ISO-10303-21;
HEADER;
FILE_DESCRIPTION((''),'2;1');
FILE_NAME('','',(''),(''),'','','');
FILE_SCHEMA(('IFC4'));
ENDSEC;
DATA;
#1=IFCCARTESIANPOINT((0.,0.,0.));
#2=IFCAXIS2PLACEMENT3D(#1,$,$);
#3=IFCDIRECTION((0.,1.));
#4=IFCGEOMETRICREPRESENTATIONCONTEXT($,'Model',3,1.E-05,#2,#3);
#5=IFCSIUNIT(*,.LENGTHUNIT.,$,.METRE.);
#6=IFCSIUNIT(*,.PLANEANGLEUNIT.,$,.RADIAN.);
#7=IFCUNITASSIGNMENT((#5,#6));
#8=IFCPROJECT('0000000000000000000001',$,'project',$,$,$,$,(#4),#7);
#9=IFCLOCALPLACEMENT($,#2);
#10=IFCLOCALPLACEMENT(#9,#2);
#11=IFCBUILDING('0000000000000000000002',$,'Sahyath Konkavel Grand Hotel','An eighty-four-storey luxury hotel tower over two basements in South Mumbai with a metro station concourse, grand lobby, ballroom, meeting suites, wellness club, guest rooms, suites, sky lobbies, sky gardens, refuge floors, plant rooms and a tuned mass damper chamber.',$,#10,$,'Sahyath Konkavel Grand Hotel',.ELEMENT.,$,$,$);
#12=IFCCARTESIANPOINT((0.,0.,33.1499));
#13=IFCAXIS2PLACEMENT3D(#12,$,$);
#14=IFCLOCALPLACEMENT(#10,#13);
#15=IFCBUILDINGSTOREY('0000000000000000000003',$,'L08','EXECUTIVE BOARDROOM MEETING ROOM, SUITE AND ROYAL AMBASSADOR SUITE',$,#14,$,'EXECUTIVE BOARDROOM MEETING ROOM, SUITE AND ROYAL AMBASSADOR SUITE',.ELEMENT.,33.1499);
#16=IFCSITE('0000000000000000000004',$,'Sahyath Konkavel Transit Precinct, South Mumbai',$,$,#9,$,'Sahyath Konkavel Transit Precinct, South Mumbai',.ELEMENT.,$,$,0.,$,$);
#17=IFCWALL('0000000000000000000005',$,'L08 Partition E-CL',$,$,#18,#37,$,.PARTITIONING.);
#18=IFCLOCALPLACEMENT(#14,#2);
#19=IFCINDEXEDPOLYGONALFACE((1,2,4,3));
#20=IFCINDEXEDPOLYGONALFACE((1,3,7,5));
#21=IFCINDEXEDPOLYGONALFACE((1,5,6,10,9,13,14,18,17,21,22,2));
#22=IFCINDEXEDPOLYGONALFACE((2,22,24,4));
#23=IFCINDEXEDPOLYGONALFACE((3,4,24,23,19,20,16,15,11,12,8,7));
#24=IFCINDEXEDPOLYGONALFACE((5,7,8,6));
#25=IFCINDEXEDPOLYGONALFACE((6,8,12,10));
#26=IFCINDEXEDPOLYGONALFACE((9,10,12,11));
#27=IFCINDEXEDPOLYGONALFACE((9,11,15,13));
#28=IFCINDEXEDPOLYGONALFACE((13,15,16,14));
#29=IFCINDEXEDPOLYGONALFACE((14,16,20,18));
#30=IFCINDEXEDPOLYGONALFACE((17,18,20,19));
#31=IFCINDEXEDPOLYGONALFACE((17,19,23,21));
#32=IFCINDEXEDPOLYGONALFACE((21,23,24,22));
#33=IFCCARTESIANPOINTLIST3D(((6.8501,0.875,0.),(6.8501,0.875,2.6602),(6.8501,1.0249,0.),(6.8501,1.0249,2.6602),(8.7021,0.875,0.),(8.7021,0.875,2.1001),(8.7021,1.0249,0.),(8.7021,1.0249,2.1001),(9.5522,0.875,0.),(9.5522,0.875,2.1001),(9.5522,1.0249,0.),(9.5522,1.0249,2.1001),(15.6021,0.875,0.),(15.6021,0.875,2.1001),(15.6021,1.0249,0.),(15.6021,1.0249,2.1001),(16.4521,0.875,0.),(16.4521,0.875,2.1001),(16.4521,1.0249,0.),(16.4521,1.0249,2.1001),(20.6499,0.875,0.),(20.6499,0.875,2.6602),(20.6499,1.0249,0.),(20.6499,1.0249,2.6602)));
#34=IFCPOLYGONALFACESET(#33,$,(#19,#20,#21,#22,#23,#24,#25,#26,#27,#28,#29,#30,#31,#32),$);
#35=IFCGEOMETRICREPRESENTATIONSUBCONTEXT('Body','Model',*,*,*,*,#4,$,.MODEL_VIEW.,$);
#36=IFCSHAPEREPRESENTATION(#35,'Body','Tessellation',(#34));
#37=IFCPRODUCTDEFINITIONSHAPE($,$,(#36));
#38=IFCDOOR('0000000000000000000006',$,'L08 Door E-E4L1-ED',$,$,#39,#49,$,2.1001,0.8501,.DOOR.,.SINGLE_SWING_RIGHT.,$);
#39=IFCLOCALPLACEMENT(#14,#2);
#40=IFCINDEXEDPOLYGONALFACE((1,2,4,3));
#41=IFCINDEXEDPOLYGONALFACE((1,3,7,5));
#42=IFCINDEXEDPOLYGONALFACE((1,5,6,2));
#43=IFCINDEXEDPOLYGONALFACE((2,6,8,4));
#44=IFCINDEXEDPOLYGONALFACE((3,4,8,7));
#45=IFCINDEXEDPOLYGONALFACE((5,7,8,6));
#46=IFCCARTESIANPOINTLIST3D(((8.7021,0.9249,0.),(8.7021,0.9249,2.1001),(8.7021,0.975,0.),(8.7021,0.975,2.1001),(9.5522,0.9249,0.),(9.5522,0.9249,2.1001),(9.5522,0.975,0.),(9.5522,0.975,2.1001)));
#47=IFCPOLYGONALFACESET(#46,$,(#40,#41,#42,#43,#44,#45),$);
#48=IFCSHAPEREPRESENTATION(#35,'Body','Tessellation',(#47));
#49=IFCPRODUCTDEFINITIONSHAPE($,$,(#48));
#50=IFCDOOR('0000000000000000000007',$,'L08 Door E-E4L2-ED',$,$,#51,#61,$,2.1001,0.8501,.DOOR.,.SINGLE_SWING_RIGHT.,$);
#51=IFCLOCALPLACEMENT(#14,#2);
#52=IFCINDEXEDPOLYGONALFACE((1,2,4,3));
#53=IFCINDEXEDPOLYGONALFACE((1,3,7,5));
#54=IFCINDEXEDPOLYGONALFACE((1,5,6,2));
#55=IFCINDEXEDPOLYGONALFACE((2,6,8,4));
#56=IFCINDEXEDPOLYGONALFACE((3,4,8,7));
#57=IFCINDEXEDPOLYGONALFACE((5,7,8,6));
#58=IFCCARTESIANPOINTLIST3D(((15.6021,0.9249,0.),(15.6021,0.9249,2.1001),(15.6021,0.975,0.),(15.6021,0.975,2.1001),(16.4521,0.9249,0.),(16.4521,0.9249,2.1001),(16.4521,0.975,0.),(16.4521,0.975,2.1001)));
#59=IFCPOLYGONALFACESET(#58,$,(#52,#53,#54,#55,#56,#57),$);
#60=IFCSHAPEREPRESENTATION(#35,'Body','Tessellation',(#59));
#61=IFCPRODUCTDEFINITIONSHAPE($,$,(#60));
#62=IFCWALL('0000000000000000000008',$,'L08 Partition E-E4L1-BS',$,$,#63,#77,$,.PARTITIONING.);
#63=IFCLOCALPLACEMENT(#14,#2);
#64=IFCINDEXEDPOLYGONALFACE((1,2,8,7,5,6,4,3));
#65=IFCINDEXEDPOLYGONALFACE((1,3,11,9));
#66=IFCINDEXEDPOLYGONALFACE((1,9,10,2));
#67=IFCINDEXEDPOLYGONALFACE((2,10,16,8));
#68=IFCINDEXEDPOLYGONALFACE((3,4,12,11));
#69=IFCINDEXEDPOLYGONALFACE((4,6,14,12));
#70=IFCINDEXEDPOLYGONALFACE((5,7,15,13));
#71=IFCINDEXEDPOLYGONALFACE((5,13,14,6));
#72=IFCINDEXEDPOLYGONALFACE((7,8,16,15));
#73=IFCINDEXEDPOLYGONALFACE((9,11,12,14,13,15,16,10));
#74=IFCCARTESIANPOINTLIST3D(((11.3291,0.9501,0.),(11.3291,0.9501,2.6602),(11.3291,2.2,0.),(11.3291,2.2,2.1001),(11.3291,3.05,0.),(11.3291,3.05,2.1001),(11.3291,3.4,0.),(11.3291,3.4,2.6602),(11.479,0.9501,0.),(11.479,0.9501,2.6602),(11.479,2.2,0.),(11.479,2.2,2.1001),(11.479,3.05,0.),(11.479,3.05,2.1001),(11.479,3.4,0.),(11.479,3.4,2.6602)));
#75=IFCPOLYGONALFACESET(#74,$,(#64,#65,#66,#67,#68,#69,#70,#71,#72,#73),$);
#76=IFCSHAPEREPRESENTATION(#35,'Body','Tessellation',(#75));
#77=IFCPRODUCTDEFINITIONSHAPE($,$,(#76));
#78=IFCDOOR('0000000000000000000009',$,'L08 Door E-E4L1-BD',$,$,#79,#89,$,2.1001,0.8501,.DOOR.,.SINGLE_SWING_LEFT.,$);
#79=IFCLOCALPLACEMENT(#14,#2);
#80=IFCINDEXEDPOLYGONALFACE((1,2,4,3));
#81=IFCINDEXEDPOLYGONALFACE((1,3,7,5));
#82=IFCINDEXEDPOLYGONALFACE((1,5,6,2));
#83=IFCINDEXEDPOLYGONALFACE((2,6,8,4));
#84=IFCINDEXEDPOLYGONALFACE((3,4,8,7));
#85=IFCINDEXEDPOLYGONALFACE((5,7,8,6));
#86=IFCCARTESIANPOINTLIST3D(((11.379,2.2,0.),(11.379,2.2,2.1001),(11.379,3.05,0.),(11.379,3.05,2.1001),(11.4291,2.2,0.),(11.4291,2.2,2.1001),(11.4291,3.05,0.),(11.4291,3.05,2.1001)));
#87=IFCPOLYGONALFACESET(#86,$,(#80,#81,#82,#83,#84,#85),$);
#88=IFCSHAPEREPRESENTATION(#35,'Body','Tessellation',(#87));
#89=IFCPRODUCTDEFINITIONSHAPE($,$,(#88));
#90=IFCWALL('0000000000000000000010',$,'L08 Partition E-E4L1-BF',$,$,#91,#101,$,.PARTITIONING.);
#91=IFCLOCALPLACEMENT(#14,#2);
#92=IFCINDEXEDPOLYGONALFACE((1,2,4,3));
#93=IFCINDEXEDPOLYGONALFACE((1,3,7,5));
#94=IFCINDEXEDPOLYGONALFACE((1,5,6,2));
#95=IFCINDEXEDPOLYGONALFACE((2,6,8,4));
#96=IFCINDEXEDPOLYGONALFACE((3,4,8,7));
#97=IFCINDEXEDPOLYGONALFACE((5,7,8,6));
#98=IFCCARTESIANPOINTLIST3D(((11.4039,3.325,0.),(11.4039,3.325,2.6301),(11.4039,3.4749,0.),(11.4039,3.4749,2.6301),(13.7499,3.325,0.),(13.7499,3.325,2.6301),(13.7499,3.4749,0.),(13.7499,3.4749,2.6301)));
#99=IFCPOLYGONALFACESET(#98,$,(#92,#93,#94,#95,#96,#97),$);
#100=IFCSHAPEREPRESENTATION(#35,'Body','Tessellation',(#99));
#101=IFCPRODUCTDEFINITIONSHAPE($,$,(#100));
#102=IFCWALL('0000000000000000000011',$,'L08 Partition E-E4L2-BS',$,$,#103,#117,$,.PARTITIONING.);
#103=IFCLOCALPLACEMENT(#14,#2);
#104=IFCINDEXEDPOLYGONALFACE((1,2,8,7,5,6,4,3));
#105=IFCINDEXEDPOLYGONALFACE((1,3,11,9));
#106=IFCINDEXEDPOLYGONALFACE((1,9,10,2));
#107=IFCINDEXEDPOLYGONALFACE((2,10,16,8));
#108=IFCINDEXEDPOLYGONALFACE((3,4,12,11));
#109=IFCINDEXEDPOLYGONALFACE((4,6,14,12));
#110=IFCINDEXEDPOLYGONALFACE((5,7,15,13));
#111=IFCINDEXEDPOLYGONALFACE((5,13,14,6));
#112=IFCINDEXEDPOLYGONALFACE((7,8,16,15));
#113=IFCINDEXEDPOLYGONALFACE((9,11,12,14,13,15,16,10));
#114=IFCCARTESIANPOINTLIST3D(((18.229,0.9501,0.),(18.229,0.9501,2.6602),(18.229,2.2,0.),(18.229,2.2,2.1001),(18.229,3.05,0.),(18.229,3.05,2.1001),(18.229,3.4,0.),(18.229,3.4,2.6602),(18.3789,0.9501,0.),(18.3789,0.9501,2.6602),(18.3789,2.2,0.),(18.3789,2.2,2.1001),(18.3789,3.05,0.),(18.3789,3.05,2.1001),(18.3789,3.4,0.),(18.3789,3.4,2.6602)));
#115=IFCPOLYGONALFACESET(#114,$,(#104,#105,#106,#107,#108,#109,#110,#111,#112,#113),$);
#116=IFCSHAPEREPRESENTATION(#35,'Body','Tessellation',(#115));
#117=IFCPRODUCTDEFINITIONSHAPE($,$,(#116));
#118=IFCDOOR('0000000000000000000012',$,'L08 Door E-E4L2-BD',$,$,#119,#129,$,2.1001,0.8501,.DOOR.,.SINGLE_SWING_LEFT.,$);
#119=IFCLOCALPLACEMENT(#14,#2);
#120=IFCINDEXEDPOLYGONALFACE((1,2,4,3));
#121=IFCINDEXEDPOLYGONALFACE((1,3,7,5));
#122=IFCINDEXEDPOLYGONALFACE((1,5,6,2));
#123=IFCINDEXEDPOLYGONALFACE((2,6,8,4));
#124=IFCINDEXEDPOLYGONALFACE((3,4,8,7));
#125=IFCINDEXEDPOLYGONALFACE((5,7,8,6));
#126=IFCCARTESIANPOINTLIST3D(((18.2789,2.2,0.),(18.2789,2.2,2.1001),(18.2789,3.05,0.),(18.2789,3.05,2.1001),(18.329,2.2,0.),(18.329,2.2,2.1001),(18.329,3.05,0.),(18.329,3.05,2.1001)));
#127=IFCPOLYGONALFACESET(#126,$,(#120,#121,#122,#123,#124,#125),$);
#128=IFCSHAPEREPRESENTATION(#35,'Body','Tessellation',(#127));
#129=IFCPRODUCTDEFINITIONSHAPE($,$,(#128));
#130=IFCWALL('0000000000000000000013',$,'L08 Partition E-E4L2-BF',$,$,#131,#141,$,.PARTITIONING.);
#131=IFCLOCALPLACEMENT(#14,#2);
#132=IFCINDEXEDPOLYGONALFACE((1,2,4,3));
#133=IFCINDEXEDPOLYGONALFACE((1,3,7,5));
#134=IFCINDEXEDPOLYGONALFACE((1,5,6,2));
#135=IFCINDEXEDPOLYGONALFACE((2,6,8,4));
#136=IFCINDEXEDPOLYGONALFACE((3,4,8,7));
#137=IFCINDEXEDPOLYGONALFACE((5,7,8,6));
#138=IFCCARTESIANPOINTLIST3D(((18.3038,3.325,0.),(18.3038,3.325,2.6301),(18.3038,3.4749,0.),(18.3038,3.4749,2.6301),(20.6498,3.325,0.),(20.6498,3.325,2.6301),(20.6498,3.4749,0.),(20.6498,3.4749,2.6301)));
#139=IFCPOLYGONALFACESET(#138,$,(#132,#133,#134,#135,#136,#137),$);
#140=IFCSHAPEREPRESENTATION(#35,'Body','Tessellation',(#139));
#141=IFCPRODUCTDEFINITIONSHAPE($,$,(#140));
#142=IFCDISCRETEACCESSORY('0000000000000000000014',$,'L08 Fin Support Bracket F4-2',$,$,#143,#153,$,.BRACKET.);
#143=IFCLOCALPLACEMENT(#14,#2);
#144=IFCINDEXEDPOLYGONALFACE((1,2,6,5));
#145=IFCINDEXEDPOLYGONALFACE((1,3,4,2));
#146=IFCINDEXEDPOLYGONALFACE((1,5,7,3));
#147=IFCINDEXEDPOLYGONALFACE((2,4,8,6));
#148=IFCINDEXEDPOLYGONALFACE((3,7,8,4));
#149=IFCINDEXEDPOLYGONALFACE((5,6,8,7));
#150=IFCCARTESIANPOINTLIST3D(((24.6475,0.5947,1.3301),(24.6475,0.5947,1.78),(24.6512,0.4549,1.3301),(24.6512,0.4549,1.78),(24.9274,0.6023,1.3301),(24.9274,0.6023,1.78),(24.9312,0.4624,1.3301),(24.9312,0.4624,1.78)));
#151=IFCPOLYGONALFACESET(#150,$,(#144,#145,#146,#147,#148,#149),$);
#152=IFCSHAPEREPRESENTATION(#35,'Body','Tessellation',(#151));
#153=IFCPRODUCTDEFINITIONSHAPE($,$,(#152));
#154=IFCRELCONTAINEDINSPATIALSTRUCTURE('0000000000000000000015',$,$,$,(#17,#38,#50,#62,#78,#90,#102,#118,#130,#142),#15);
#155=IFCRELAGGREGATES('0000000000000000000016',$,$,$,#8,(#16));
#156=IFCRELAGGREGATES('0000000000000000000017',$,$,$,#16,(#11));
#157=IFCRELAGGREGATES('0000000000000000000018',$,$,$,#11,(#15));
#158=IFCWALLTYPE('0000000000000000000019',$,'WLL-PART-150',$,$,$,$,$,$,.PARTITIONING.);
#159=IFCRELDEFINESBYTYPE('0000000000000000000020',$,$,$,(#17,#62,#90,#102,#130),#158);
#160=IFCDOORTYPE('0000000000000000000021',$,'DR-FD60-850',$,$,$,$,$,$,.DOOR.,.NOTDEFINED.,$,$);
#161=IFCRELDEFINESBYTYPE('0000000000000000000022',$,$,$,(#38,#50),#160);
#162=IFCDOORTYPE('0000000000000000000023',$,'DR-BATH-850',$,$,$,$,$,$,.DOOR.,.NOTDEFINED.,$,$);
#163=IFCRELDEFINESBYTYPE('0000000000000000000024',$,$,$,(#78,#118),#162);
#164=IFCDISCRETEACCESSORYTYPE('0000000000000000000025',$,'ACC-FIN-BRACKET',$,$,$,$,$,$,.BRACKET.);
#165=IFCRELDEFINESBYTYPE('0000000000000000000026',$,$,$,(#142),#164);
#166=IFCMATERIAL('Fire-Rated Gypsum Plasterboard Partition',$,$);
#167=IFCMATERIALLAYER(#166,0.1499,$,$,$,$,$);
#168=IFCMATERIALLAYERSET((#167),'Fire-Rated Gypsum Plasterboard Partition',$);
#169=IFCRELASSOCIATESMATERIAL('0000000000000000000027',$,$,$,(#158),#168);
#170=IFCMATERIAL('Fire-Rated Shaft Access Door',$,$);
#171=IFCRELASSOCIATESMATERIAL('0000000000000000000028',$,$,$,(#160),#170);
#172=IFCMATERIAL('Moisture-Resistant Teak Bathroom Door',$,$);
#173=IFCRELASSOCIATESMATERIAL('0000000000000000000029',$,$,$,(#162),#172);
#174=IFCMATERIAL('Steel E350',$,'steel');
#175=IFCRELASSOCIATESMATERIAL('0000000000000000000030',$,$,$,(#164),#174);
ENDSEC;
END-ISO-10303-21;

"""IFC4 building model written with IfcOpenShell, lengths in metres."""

from ifc_helpers import new_model, si_unit, direction, frame, frame_2d, origin, origin_2d, place, context, subcontext, project, spatial, rectangle, extrude, source, transform, mapped, material, layer, layer_set, type_object, element, fill, save


model = new_model("IFC4")

# Units and contexts
model_context = context("Model", 3, precision=1e-05, world=origin(), true_north=direction((0.0, 1.0)))
body_context = subcontext(model_context, "Body", "Model", "MODEL_VIEW")
ifc_project = project(units=[si_unit("LENGTHUNIT", "METRE"), si_unit("PLANEANGLEUNIT", "RADIAN")], contexts=[model_context])

# Site, building, storey
site_placement = place(None, origin())
site = spatial("IfcSite", under=ifc_project, at=site_placement, Name="Sahyath Konkavel Transit Precinct, South Mumbai", LongName="Sahyath Konkavel Transit Precinct, South Mumbai", CompositionType="ELEMENT", RefElevation=0.0)
building_placement = place(site_placement, origin())
building = spatial("IfcBuilding", under=site, at=building_placement, Name="Sahyath Konkavel Grand Hotel", Description="An eighty-four-storey luxury hotel tower over two basements in South Mumbai with a metro station concourse, grand lobby, ballroom, meeting suites, wellness club, guest rooms, suites, sky lobbies, sky gardens, refuge floors, plant rooms and a tuned mass damper chamber.", LongName="Sahyath Konkavel Grand Hotel", CompositionType="ELEMENT")
storey_placement = place(building_placement, frame((0.0, 0.0, 33.1499)))
storey = spatial("IfcBuildingStorey", under=building, at=storey_placement, Name="L08", Description="EXECUTIVE BOARDROOM MEETING ROOM, SUITE AND ROYAL AMBASSADOR SUITE", LongName="EXECUTIVE BOARDROOM MEETING ROOM, SUITE AND ROYAL AMBASSADOR SUITE", CompositionType="ELEMENT", Elevation=33.1499)

# Shared definitions
ifc_material_1 = material(Name="Steel E350", Category="steel")

# Wall, openings, doors
ifc_material_2 = material(Name="Fire-Rated Gypsum Plasterboard Partition")
ifc_layer_1 = layer(ifc_material_2, 0.1499)
ifc_layer_set_1 = layer_set([ifc_layer_1], Name="Fire-Rated Gypsum Plasterboard Partition")
wall_type_1 = type_object("IfcWallType", Name="WLL-PART-150", PredefinedType="PARTITIONING", material=ifc_layer_set_1)
wall_1_placement = place(storey_placement, frame((6.8501, 0.95, 0.0), z_axis=(0.0, 0.0, 1.0), x_axis=(1.0, 0.0, 0.0)))
wall_1 = element("IfcWall", 1, at=wall_1_placement, inside=storey, type_object=wall_type_1, Name="L08 Partition E-CL", PredefinedType="PARTITIONING", context=body_context, shape_type="SweptSolid", body=[
    extrude(rectangle(XDim=13.7998, YDim=0.1499, at=frame_2d((6.8999, 0.0))), origin(), (0.0, 0.0, 1.0), 2.6602),
])
opening_1_placement = place(wall_1_placement, frame((1.8521, 0.0, 0.0)))
opening_1 = element("IfcOpeningElement", 2, at=opening_1_placement, cuts=wall_1, PredefinedType="OPENING", context=body_context, shape_type="SweptSolid", body=[
    extrude(rectangle(XDim=0.8501, YDim=2.1001, at=frame_2d((0.425, 1.05))), frame((0.0, 0.085, 0.0), z_axis=(0.0, -1.0, 0.0), x_axis=(1.0, 0.0, 0.0)), (0.0, 0.0, 1.0), 0.1699),
])
opening_2_placement = place(wall_1_placement, frame((8.752, 0.0, 0.0)))
opening_2 = element("IfcOpeningElement", 3, at=opening_2_placement, cuts=wall_1, PredefinedType="OPENING", context=body_context, shape_type="SweptSolid", body=[
    extrude(rectangle(XDim=0.8501, YDim=2.1001, at=frame_2d((0.425, 1.05))), frame((0.0, 0.085, 0.0), z_axis=(0.0, -1.0, 0.0), x_axis=(1.0, 0.0, 0.0)), (0.0, 0.0, 1.0), 0.1699),
])
ifc_material_3 = material(Name="Fire-Rated Shaft Access Door")
door_type_1 = type_object("IfcDoorType", Name="DR-FD60-850", OperationType="NOTDEFINED", PredefinedType="DOOR", material=ifc_material_3)
shared_shape_1 = source(origin(), body_context, "Body", "SweptSolid", [
    extrude(rectangle(XDim=0.8501, YDim=0.05, at=origin_2d()), origin(), (0.0, 0.0, 1.0), 2.1001),
])
door_1_placement = place(opening_1_placement, frame((0.425, 0.0, 0.0)))
door_1 = element("IfcDoor", 4, at=door_1_placement, inside=storey, type_object=door_type_1, Name="L08 Door E-E4L1-ED", OperationType="SINGLE_SWING_RIGHT", OverallHeight=2.1001, OverallWidth=0.8501, PredefinedType="DOOR", context=body_context, shape_type="MappedRepresentation", body=[
    mapped(shared_shape_1, transform((0.0, 0.0, 0.0), scale=1.0)),
])
fill(opening_1, door_1)
door_2_placement = place(opening_2_placement, frame((0.425, 0.0, 0.0)))
door_2 = element("IfcDoor", 5, at=door_2_placement, inside=storey, type_object=door_type_1, Name="L08 Door E-E4L2-ED", OperationType="SINGLE_SWING_RIGHT", OverallHeight=2.1001, OverallWidth=0.8501, PredefinedType="DOOR", context=body_context, shape_type="MappedRepresentation", body=[
    mapped(shared_shape_1, transform((0.0, 0.0, 0.0), scale=1.0)),
])
fill(opening_2, door_2)

# Wall, opening, door
wall_2_placement = place(storey_placement, frame((11.4041, 0.95, 0.0), z_axis=(0.0, 0.0, 1.0), x_axis=(0.0, 1.0, 0.0)))
wall_2 = element("IfcWall", 6, at=wall_2_placement, inside=storey, type_object=wall_type_1, Name="L08 Partition E-E4L1-BS", PredefinedType="PARTITIONING", context=body_context, shape_type="SweptSolid", body=[
    extrude(rectangle(XDim=2.45, YDim=0.1499, at=frame_2d((1.2251, 0.0))), origin(), (0.0, 0.0, 1.0), 2.6602),
])
opening_3_placement = place(wall_2_placement, frame((1.25, 0.0, 0.0)))
opening_3 = element("IfcOpeningElement", 7, at=opening_3_placement, cuts=wall_2, PredefinedType="OPENING", context=body_context, shape_type="SweptSolid", body=[
    extrude(rectangle(XDim=0.8501, YDim=2.1001, at=frame_2d((0.425, 1.05))), frame((0.0, 0.085, 0.0), z_axis=(0.0, -1.0, 0.0), x_axis=(1.0, 0.0, 0.0)), (0.0, 0.0, 1.0), 0.1699),
])
ifc_material_4 = material(Name="Moisture-Resistant Teak Bathroom Door")
door_type_2 = type_object("IfcDoorType", Name="DR-BATH-850", OperationType="NOTDEFINED", PredefinedType="DOOR", material=ifc_material_4)
door_3_placement = place(opening_3_placement, frame((0.425, 0.0, 0.0)))
door_3 = element("IfcDoor", 8, at=door_3_placement, inside=storey, type_object=door_type_2, Name="L08 Door E-E4L1-BD", OperationType="SINGLE_SWING_LEFT", OverallHeight=2.1001, OverallWidth=0.8501, PredefinedType="DOOR", context=body_context, shape_type="MappedRepresentation", body=[
    mapped(shared_shape_1, transform((0.0, 0.0, 0.0), scale=1.0)),
])
fill(opening_3, door_3)

# Wall
wall_3_placement = place(storey_placement, frame((11.4041, 3.3999, 0.0), z_axis=(0.0, 0.0, 1.0), x_axis=(1.0, 0.0, 0.0)))
element("IfcWall", 9, at=wall_3_placement, inside=storey, type_object=wall_type_1, Name="L08 Partition E-E4L1-BF", PredefinedType="PARTITIONING", context=body_context, shape_type="SweptSolid", body=[
    extrude(rectangle(XDim=2.3459, YDim=0.1499, at=frame_2d((1.1729, 0.0))), origin(), (0.0, 0.0, 1.0), 2.6301),
])

# Wall, opening, door
wall_4_placement = place(storey_placement, frame((18.304, 0.95, 0.0), z_axis=(0.0, 0.0, 1.0), x_axis=(0.0, 1.0, 0.0)))
wall_4 = element("IfcWall", 10, at=wall_4_placement, inside=storey, type_object=wall_type_1, Name="L08 Partition E-E4L2-BS", PredefinedType="PARTITIONING", context=body_context, shape_type="SweptSolid", body=[
    extrude(rectangle(XDim=2.45, YDim=0.1499, at=frame_2d((1.2251, 0.0))), origin(), (0.0, 0.0, 1.0), 2.6602),
])
opening_4_placement = place(wall_4_placement, frame((1.25, 0.0, 0.0)))
opening_4 = element("IfcOpeningElement", 11, at=opening_4_placement, cuts=wall_4, PredefinedType="OPENING", context=body_context, shape_type="SweptSolid", body=[
    extrude(rectangle(XDim=0.8501, YDim=2.1001, at=frame_2d((0.425, 1.05))), frame((0.0, 0.085, 0.0), z_axis=(0.0, -1.0, 0.0), x_axis=(1.0, 0.0, 0.0)), (0.0, 0.0, 1.0), 0.1699),
])
door_4_placement = place(opening_4_placement, frame((0.425, 0.0, 0.0)))
door_4 = element("IfcDoor", 12, at=door_4_placement, inside=storey, type_object=door_type_2, Name="L08 Door E-E4L2-BD", OperationType="SINGLE_SWING_LEFT", OverallHeight=2.1001, OverallWidth=0.8501, PredefinedType="DOOR", context=body_context, shape_type="MappedRepresentation", body=[
    mapped(shared_shape_1, transform((0.0, 0.0, 0.0), scale=1.0)),
])
fill(opening_4, door_4)

# Wall
wall_5_placement = place(storey_placement, frame((18.304, 3.3999, 0.0), z_axis=(0.0, 0.0, 1.0), x_axis=(1.0, 0.0, 0.0)))
element("IfcWall", 13, at=wall_5_placement, inside=storey, type_object=wall_type_1, Name="L08 Partition E-E4L2-BF", PredefinedType="PARTITIONING", context=body_context, shape_type="SweptSolid", body=[
    extrude(rectangle(XDim=2.3459, YDim=0.1499, at=frame_2d((1.1729, 0.0))), origin(), (0.0, 0.0, 1.0), 2.6301),
])

# Discrete accessory
discrete_accessory_type = type_object("IfcDiscreteAccessoryType", Name="ACC-FIN-BRACKET", PredefinedType="BRACKET", material=ifc_material_1)
shared_shape_2 = source(origin(), body_context, "Body", "SweptSolid", [
    extrude(rectangle(XDim=0.28, YDim=0.1399, at=origin_2d()), origin(), (0.0, 0.0, 1.0), 0.45),
])
discrete_accessory_placement = place(storey_placement, frame((24.7893, 0.5286, 1.3301), z_axis=(0.0, 0.0, 1.0), x_axis=(0.999638, 0.02691, 0.0)))
element("IfcDiscreteAccessory", 14, at=discrete_accessory_placement, inside=storey, type_object=discrete_accessory_type, Name="L08 Fin Support Bracket F4-2", PredefinedType="BRACKET", context=body_context, shape_type="MappedRepresentation", body=[
    mapped(shared_shape_2, transform((0.0, 0.0, 0.0), scale=1.0)),
])

save(model, "model.ifc")
